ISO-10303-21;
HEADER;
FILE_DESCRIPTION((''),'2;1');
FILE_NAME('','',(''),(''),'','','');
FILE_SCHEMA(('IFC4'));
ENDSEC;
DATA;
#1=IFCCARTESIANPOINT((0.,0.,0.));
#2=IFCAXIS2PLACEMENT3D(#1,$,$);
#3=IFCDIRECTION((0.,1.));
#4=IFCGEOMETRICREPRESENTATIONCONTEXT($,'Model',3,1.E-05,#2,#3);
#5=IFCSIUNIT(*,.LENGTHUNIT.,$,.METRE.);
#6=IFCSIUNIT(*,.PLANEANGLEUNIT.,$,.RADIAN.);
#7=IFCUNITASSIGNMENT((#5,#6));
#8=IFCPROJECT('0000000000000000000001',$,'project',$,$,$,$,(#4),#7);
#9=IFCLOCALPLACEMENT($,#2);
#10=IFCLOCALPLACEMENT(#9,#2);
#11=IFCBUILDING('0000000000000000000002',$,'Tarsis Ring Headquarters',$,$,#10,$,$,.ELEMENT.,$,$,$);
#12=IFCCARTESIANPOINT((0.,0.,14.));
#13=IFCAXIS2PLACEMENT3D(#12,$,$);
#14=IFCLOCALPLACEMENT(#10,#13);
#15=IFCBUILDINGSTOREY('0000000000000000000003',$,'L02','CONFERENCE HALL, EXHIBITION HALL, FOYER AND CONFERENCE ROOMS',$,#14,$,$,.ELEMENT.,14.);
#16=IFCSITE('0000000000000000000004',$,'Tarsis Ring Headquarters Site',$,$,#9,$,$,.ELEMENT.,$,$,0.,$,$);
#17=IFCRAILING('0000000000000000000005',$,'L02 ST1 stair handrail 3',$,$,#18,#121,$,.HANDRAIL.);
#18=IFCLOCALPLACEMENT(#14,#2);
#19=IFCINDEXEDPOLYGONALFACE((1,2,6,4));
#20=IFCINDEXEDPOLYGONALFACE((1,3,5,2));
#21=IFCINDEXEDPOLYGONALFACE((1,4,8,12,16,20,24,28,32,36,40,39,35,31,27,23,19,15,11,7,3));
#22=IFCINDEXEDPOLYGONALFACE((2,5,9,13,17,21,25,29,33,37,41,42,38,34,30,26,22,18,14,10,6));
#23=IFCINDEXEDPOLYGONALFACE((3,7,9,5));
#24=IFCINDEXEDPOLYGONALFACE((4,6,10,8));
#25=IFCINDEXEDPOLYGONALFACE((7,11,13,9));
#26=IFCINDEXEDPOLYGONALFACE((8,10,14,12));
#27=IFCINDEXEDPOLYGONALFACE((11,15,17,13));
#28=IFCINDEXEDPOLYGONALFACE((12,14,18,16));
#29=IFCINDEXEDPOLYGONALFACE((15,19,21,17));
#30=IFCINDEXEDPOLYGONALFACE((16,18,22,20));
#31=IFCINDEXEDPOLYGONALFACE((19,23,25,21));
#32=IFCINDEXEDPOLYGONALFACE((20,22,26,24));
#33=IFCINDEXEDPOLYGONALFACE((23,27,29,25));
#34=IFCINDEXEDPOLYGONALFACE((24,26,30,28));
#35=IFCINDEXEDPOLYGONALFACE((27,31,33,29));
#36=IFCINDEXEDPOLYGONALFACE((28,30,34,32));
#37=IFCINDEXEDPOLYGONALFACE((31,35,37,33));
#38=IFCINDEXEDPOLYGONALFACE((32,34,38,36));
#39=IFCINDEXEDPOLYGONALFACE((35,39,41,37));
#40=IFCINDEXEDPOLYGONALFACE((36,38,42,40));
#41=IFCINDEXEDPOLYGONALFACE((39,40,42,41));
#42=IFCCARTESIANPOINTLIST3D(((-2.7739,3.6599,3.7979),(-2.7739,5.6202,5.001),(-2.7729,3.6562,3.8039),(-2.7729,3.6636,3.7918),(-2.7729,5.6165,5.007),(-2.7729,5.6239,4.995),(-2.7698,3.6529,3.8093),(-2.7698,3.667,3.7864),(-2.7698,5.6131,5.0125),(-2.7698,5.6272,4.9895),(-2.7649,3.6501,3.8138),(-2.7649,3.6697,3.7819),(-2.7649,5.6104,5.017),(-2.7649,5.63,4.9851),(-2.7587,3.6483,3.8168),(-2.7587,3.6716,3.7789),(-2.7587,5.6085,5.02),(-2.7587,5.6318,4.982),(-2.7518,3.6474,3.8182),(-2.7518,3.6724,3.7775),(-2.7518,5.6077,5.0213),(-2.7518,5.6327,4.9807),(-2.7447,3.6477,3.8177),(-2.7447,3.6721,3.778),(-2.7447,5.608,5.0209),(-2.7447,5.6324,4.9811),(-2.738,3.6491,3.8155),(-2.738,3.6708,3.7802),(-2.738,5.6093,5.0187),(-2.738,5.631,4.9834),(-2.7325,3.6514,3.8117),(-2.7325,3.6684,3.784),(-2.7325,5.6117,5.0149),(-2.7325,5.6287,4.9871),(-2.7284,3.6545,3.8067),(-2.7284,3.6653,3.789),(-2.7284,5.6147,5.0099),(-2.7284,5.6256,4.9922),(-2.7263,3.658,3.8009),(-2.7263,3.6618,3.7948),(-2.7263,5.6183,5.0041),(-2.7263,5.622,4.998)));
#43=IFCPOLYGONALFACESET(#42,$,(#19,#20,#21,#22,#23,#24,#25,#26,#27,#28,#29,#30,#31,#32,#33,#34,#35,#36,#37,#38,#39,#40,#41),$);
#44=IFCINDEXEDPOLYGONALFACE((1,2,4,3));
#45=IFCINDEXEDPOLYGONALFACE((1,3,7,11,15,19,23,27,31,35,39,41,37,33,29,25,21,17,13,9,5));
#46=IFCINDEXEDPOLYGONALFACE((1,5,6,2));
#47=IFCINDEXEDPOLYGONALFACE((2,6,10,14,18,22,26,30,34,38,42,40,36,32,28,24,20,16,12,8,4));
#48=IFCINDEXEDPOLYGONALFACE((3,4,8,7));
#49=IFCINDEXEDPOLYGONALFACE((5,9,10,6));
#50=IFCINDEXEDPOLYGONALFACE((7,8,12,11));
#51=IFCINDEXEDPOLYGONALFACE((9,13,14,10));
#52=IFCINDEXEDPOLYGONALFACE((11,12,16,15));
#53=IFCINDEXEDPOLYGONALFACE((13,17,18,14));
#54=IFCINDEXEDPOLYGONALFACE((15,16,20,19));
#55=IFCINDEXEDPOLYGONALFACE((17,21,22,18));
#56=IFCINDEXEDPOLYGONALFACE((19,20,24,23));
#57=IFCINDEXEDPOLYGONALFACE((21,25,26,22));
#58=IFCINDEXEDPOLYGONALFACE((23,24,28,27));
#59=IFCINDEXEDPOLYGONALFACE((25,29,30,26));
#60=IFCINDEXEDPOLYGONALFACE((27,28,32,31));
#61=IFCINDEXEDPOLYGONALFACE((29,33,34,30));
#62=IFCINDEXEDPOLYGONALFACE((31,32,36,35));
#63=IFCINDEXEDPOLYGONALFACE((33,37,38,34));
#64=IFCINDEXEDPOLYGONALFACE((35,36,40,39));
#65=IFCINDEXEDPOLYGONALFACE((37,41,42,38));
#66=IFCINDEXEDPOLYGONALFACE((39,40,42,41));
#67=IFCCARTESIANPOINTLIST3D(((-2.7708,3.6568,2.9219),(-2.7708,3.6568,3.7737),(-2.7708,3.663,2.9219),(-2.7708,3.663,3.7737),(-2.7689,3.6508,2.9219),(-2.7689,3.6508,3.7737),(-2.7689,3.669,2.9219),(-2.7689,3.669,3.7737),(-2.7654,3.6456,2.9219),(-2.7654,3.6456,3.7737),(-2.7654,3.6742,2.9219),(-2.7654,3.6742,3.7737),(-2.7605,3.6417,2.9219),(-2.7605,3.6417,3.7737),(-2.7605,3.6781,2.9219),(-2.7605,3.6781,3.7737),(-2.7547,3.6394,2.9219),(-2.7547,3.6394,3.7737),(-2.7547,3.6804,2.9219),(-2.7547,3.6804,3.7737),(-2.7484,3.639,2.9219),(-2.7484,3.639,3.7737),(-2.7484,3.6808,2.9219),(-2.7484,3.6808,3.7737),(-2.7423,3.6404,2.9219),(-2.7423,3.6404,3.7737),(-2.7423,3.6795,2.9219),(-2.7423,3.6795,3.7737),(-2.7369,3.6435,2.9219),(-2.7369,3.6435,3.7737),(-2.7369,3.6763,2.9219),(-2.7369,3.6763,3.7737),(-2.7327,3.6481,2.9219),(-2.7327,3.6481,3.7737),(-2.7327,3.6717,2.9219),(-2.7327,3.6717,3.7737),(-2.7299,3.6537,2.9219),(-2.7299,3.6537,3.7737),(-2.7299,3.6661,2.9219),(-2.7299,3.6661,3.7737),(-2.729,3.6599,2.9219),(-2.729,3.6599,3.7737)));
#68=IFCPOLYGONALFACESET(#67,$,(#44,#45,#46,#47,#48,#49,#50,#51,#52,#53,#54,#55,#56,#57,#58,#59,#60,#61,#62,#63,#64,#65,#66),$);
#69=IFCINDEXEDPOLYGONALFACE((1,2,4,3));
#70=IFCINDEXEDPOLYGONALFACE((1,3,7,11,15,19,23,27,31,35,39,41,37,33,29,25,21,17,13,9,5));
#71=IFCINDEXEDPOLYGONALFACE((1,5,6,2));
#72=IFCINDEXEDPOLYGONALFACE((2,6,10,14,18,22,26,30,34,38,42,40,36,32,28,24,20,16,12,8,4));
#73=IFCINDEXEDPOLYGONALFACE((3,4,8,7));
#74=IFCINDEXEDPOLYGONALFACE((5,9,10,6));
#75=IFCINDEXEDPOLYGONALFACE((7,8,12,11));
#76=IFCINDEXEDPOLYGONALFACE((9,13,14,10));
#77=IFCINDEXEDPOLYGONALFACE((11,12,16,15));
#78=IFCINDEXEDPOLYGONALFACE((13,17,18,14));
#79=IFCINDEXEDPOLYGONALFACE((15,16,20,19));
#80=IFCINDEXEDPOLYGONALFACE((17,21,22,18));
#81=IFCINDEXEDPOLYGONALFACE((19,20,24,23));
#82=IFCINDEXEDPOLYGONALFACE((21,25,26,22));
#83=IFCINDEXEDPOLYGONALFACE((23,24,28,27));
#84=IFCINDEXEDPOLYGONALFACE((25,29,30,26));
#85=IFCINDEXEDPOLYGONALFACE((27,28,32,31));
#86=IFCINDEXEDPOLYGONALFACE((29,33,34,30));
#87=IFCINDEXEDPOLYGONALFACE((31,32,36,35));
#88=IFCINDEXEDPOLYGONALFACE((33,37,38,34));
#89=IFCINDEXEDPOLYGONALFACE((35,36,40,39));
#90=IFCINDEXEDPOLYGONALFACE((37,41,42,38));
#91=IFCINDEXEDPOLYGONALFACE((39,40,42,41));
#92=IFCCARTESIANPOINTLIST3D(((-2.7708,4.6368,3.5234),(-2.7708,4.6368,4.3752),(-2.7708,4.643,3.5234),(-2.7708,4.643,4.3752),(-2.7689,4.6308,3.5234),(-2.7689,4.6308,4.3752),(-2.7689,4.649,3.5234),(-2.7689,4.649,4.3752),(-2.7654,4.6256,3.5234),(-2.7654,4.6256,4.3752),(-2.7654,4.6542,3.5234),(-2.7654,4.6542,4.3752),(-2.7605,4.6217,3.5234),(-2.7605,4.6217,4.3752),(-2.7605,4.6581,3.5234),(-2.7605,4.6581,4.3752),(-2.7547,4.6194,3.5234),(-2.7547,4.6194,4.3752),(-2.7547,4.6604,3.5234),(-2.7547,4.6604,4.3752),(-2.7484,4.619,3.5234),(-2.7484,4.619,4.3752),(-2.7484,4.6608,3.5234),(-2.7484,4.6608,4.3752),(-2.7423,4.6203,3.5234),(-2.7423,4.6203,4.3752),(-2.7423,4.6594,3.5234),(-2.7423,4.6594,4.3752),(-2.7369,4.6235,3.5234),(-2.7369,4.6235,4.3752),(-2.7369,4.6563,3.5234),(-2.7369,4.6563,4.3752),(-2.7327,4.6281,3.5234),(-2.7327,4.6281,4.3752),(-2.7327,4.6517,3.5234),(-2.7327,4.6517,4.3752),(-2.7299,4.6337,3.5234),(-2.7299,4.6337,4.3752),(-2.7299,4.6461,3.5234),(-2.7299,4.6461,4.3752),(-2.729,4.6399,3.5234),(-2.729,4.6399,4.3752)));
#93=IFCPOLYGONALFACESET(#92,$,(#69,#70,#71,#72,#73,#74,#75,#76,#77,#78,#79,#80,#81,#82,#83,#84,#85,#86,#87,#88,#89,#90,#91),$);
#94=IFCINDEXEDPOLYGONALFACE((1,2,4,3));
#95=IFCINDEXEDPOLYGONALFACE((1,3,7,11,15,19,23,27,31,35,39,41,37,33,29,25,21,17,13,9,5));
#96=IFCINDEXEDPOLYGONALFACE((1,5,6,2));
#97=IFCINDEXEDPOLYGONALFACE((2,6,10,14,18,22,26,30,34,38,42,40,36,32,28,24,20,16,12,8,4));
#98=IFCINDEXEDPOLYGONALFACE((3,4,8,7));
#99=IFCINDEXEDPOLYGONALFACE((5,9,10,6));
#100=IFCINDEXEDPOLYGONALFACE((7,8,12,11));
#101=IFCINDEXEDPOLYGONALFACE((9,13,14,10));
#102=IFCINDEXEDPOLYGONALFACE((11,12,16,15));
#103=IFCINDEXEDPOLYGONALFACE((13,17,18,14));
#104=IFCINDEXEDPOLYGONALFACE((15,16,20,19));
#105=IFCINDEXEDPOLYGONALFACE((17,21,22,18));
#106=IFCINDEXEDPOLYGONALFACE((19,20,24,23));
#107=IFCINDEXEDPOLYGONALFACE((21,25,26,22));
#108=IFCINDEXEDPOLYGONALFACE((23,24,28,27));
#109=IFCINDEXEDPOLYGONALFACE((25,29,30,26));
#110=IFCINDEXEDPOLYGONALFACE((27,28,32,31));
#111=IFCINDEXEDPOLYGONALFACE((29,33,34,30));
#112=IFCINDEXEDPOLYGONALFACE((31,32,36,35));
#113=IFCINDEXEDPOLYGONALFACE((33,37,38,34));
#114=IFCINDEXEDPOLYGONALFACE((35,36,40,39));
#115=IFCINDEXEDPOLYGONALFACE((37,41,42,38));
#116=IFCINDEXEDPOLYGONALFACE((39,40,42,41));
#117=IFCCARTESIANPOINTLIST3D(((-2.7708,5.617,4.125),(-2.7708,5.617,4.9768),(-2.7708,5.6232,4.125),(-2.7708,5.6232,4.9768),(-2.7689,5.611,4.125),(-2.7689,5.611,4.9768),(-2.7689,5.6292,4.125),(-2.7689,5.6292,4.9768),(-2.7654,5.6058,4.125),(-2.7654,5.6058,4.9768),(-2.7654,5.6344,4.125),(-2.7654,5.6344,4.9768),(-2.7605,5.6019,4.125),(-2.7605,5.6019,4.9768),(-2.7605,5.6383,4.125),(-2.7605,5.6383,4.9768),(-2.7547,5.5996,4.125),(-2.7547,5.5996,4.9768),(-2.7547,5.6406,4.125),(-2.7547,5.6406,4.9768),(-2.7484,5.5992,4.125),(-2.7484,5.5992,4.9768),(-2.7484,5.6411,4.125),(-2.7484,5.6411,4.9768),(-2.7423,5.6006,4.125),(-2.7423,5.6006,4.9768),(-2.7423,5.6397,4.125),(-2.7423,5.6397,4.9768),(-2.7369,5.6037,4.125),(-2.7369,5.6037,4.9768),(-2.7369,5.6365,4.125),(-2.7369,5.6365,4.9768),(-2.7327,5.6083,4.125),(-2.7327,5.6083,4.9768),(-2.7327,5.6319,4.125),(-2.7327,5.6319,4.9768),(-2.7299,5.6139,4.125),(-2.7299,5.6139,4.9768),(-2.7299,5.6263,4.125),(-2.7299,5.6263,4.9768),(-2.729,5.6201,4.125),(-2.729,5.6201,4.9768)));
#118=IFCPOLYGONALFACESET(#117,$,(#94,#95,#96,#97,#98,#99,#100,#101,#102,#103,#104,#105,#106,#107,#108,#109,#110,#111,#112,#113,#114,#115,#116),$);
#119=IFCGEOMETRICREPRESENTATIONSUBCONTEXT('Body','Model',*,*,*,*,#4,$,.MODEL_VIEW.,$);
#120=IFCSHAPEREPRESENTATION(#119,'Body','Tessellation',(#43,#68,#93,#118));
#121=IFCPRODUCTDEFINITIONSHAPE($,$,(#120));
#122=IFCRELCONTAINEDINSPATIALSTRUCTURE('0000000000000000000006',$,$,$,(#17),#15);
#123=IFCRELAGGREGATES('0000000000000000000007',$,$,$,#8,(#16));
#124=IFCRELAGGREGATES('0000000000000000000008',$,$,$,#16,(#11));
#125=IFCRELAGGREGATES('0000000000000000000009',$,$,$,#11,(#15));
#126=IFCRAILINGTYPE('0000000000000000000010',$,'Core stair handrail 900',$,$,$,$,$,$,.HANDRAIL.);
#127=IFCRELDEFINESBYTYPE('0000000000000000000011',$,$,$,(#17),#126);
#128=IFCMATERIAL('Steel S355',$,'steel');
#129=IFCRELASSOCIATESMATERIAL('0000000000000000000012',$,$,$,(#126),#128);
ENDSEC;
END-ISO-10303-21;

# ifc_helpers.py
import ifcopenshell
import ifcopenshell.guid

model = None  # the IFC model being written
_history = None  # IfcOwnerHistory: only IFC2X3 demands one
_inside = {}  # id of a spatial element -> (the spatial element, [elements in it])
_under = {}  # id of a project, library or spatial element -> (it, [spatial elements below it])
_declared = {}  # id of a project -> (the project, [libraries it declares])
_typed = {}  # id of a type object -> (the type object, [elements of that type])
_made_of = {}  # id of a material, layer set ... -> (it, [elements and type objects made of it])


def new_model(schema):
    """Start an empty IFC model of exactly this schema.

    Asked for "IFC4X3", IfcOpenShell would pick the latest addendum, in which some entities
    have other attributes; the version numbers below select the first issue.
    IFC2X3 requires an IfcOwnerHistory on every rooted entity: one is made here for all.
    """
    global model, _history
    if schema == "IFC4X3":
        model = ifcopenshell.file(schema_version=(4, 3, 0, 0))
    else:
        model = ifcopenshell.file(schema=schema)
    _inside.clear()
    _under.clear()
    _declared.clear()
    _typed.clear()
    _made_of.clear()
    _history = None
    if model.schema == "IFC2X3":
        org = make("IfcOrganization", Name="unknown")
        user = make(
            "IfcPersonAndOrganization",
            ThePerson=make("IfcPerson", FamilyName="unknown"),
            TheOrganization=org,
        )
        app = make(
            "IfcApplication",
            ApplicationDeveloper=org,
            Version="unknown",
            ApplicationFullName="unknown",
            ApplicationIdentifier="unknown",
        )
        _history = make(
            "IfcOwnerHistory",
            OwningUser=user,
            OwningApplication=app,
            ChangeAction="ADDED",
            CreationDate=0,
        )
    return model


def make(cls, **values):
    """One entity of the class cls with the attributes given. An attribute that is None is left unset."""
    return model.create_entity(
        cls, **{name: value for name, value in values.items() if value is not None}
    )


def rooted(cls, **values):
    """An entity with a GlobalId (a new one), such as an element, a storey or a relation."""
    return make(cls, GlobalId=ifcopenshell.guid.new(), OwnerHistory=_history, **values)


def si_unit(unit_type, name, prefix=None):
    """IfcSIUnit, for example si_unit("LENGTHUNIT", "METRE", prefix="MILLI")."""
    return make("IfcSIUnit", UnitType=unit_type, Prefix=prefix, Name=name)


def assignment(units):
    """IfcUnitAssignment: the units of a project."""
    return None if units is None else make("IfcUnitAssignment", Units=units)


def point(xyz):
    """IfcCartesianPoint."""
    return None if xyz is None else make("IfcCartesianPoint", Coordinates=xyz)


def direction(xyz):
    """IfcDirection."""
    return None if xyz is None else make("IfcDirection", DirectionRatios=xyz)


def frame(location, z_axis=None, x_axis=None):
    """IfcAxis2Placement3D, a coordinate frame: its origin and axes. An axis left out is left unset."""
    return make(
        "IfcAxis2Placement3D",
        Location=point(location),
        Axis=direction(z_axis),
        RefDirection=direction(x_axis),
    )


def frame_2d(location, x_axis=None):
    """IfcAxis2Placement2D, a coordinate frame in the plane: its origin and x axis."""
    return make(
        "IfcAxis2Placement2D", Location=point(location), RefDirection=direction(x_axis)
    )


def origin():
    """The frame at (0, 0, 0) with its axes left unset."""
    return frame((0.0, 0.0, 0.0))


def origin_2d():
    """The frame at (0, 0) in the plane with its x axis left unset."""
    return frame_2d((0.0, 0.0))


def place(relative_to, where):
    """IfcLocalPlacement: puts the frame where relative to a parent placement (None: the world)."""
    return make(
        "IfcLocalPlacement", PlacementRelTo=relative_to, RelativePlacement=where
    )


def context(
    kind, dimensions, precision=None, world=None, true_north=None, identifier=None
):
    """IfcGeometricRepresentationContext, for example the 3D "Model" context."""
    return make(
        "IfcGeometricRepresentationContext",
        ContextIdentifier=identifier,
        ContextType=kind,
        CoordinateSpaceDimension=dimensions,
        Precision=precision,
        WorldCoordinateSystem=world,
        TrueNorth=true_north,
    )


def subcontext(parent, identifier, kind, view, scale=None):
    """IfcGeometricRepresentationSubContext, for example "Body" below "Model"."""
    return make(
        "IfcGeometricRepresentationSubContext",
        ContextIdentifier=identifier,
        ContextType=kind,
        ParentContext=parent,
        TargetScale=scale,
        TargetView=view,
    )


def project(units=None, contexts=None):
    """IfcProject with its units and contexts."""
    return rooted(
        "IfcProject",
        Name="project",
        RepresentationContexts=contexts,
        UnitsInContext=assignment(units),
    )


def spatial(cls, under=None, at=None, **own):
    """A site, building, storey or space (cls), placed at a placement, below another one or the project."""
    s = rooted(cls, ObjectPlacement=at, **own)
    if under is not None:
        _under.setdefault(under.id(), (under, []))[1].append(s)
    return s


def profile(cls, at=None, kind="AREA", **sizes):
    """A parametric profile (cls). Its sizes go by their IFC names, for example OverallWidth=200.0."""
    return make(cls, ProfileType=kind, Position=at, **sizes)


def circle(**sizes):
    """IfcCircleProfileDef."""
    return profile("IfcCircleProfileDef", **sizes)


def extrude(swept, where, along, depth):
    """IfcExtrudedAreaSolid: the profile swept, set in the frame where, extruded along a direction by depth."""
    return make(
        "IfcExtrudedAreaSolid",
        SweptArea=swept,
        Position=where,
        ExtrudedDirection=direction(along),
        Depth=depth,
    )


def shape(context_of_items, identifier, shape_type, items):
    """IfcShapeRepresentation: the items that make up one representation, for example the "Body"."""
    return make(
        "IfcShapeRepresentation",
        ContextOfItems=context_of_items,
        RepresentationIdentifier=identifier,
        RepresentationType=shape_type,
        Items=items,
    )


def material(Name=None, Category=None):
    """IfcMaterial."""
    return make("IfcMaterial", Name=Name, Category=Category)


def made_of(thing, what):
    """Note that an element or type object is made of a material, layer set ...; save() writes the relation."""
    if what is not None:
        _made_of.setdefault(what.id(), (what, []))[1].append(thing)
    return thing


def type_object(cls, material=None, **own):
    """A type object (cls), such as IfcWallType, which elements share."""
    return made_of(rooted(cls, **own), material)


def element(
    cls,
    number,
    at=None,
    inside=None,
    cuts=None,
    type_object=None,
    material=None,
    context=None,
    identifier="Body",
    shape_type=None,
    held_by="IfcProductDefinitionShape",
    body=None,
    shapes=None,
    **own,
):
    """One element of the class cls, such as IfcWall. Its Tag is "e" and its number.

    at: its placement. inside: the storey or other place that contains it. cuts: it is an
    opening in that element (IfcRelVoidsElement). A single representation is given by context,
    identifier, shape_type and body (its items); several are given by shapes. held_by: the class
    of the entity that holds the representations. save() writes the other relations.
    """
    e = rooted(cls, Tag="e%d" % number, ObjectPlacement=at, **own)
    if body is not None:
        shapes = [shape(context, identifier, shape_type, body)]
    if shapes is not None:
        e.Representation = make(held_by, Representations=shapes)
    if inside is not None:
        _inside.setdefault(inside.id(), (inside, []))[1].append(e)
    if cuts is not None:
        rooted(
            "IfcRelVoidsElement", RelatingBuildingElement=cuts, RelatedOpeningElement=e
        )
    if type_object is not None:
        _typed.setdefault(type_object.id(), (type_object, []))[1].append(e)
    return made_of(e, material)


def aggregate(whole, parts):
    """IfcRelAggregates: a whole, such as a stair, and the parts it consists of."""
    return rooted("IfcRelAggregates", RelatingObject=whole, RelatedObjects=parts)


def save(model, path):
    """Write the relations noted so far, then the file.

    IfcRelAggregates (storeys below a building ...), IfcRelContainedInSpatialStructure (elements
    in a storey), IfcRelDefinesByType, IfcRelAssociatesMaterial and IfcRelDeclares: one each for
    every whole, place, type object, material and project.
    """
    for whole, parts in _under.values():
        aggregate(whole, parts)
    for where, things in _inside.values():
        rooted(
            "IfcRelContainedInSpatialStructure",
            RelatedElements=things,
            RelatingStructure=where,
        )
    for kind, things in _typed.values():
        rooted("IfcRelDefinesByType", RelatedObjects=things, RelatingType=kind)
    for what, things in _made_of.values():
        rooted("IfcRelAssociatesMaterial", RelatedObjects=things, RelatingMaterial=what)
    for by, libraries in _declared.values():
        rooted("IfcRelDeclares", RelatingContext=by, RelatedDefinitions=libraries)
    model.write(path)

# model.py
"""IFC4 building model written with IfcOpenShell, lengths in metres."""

from ifc_helpers import new_model, si_unit, direction, frame, origin, origin_2d, place, context, subcontext, project, spatial, circle, extrude, material, type_object, element, save


model = new_model("IFC4")

# Units and contexts
model_context = context("Model", 3, precision=1e-05, world=origin(), true_north=direction((0.0, 1.0)))
body_context = subcontext(model_context, "Body", "Model", "MODEL_VIEW")
ifc_project = project(units=[si_unit("LENGTHUNIT", "METRE"), si_unit("PLANEANGLEUNIT", "RADIAN")], contexts=[model_context])

# Site, building, storey
site_placement = place(None, origin())
site = spatial("IfcSite", under=ifc_project, at=site_placement, Name="Tarsis Ring Headquarters Site", CompositionType="ELEMENT", RefElevation=0.0)
building_placement = place(site_placement, origin())
building = spatial("IfcBuilding", under=site, at=building_placement, Name="Tarsis Ring Headquarters", CompositionType="ELEMENT")
storey_placement = place(building_placement, frame((0.0, 0.0, 14.0)))
storey = spatial("IfcBuildingStorey", under=building, at=storey_placement, Name="L02", Description="CONFERENCE HALL, EXHIBITION HALL, FOYER AND CONFERENCE ROOMS", CompositionType="ELEMENT", Elevation=14.0)

# Shared definitions
ifc_material_1 = material(Name="Steel S355", Category="steel")

# Railing
railing_type_1 = type_object("IfcRailingType", Name="Core stair handrail 900", PredefinedType="HANDRAIL", material=ifc_material_1)
railing_1_placement = place(storey_placement, frame((-2.75, 3.6599, 2.9219)))
element("IfcRailing", 1, at=railing_1_placement, inside=storey, type_object=railing_type_1, Name="L02 ST1 stair handrail 3", PredefinedType="HANDRAIL", context=body_context, shape_type="SweptSolid", body=[
    extrude(circle(Radius=0.0239, at=origin_2d()), frame((0.0, 0.0, 0.876), z_axis=(0.0, 0.85227, 0.523102), x_axis=(-1.0, 0.0, 0.0)), (0.0, 0.0, 1.0), 2.3),
    extrude(circle(Radius=0.021, at=origin_2d()), origin(), (0.0, 0.0, 1.0), 0.8518),
    extrude(circle(Radius=0.021, at=origin_2d()), frame((0.0, 0.98, 0.6016)), (0.0, 0.0, 1.0), 0.8518),
    extrude(circle(Radius=0.021, at=origin_2d()), frame((0.0, 1.9602, 1.2031)), (0.0, 0.0, 1.0), 0.8518),
])

save(model, "model.ifc")
